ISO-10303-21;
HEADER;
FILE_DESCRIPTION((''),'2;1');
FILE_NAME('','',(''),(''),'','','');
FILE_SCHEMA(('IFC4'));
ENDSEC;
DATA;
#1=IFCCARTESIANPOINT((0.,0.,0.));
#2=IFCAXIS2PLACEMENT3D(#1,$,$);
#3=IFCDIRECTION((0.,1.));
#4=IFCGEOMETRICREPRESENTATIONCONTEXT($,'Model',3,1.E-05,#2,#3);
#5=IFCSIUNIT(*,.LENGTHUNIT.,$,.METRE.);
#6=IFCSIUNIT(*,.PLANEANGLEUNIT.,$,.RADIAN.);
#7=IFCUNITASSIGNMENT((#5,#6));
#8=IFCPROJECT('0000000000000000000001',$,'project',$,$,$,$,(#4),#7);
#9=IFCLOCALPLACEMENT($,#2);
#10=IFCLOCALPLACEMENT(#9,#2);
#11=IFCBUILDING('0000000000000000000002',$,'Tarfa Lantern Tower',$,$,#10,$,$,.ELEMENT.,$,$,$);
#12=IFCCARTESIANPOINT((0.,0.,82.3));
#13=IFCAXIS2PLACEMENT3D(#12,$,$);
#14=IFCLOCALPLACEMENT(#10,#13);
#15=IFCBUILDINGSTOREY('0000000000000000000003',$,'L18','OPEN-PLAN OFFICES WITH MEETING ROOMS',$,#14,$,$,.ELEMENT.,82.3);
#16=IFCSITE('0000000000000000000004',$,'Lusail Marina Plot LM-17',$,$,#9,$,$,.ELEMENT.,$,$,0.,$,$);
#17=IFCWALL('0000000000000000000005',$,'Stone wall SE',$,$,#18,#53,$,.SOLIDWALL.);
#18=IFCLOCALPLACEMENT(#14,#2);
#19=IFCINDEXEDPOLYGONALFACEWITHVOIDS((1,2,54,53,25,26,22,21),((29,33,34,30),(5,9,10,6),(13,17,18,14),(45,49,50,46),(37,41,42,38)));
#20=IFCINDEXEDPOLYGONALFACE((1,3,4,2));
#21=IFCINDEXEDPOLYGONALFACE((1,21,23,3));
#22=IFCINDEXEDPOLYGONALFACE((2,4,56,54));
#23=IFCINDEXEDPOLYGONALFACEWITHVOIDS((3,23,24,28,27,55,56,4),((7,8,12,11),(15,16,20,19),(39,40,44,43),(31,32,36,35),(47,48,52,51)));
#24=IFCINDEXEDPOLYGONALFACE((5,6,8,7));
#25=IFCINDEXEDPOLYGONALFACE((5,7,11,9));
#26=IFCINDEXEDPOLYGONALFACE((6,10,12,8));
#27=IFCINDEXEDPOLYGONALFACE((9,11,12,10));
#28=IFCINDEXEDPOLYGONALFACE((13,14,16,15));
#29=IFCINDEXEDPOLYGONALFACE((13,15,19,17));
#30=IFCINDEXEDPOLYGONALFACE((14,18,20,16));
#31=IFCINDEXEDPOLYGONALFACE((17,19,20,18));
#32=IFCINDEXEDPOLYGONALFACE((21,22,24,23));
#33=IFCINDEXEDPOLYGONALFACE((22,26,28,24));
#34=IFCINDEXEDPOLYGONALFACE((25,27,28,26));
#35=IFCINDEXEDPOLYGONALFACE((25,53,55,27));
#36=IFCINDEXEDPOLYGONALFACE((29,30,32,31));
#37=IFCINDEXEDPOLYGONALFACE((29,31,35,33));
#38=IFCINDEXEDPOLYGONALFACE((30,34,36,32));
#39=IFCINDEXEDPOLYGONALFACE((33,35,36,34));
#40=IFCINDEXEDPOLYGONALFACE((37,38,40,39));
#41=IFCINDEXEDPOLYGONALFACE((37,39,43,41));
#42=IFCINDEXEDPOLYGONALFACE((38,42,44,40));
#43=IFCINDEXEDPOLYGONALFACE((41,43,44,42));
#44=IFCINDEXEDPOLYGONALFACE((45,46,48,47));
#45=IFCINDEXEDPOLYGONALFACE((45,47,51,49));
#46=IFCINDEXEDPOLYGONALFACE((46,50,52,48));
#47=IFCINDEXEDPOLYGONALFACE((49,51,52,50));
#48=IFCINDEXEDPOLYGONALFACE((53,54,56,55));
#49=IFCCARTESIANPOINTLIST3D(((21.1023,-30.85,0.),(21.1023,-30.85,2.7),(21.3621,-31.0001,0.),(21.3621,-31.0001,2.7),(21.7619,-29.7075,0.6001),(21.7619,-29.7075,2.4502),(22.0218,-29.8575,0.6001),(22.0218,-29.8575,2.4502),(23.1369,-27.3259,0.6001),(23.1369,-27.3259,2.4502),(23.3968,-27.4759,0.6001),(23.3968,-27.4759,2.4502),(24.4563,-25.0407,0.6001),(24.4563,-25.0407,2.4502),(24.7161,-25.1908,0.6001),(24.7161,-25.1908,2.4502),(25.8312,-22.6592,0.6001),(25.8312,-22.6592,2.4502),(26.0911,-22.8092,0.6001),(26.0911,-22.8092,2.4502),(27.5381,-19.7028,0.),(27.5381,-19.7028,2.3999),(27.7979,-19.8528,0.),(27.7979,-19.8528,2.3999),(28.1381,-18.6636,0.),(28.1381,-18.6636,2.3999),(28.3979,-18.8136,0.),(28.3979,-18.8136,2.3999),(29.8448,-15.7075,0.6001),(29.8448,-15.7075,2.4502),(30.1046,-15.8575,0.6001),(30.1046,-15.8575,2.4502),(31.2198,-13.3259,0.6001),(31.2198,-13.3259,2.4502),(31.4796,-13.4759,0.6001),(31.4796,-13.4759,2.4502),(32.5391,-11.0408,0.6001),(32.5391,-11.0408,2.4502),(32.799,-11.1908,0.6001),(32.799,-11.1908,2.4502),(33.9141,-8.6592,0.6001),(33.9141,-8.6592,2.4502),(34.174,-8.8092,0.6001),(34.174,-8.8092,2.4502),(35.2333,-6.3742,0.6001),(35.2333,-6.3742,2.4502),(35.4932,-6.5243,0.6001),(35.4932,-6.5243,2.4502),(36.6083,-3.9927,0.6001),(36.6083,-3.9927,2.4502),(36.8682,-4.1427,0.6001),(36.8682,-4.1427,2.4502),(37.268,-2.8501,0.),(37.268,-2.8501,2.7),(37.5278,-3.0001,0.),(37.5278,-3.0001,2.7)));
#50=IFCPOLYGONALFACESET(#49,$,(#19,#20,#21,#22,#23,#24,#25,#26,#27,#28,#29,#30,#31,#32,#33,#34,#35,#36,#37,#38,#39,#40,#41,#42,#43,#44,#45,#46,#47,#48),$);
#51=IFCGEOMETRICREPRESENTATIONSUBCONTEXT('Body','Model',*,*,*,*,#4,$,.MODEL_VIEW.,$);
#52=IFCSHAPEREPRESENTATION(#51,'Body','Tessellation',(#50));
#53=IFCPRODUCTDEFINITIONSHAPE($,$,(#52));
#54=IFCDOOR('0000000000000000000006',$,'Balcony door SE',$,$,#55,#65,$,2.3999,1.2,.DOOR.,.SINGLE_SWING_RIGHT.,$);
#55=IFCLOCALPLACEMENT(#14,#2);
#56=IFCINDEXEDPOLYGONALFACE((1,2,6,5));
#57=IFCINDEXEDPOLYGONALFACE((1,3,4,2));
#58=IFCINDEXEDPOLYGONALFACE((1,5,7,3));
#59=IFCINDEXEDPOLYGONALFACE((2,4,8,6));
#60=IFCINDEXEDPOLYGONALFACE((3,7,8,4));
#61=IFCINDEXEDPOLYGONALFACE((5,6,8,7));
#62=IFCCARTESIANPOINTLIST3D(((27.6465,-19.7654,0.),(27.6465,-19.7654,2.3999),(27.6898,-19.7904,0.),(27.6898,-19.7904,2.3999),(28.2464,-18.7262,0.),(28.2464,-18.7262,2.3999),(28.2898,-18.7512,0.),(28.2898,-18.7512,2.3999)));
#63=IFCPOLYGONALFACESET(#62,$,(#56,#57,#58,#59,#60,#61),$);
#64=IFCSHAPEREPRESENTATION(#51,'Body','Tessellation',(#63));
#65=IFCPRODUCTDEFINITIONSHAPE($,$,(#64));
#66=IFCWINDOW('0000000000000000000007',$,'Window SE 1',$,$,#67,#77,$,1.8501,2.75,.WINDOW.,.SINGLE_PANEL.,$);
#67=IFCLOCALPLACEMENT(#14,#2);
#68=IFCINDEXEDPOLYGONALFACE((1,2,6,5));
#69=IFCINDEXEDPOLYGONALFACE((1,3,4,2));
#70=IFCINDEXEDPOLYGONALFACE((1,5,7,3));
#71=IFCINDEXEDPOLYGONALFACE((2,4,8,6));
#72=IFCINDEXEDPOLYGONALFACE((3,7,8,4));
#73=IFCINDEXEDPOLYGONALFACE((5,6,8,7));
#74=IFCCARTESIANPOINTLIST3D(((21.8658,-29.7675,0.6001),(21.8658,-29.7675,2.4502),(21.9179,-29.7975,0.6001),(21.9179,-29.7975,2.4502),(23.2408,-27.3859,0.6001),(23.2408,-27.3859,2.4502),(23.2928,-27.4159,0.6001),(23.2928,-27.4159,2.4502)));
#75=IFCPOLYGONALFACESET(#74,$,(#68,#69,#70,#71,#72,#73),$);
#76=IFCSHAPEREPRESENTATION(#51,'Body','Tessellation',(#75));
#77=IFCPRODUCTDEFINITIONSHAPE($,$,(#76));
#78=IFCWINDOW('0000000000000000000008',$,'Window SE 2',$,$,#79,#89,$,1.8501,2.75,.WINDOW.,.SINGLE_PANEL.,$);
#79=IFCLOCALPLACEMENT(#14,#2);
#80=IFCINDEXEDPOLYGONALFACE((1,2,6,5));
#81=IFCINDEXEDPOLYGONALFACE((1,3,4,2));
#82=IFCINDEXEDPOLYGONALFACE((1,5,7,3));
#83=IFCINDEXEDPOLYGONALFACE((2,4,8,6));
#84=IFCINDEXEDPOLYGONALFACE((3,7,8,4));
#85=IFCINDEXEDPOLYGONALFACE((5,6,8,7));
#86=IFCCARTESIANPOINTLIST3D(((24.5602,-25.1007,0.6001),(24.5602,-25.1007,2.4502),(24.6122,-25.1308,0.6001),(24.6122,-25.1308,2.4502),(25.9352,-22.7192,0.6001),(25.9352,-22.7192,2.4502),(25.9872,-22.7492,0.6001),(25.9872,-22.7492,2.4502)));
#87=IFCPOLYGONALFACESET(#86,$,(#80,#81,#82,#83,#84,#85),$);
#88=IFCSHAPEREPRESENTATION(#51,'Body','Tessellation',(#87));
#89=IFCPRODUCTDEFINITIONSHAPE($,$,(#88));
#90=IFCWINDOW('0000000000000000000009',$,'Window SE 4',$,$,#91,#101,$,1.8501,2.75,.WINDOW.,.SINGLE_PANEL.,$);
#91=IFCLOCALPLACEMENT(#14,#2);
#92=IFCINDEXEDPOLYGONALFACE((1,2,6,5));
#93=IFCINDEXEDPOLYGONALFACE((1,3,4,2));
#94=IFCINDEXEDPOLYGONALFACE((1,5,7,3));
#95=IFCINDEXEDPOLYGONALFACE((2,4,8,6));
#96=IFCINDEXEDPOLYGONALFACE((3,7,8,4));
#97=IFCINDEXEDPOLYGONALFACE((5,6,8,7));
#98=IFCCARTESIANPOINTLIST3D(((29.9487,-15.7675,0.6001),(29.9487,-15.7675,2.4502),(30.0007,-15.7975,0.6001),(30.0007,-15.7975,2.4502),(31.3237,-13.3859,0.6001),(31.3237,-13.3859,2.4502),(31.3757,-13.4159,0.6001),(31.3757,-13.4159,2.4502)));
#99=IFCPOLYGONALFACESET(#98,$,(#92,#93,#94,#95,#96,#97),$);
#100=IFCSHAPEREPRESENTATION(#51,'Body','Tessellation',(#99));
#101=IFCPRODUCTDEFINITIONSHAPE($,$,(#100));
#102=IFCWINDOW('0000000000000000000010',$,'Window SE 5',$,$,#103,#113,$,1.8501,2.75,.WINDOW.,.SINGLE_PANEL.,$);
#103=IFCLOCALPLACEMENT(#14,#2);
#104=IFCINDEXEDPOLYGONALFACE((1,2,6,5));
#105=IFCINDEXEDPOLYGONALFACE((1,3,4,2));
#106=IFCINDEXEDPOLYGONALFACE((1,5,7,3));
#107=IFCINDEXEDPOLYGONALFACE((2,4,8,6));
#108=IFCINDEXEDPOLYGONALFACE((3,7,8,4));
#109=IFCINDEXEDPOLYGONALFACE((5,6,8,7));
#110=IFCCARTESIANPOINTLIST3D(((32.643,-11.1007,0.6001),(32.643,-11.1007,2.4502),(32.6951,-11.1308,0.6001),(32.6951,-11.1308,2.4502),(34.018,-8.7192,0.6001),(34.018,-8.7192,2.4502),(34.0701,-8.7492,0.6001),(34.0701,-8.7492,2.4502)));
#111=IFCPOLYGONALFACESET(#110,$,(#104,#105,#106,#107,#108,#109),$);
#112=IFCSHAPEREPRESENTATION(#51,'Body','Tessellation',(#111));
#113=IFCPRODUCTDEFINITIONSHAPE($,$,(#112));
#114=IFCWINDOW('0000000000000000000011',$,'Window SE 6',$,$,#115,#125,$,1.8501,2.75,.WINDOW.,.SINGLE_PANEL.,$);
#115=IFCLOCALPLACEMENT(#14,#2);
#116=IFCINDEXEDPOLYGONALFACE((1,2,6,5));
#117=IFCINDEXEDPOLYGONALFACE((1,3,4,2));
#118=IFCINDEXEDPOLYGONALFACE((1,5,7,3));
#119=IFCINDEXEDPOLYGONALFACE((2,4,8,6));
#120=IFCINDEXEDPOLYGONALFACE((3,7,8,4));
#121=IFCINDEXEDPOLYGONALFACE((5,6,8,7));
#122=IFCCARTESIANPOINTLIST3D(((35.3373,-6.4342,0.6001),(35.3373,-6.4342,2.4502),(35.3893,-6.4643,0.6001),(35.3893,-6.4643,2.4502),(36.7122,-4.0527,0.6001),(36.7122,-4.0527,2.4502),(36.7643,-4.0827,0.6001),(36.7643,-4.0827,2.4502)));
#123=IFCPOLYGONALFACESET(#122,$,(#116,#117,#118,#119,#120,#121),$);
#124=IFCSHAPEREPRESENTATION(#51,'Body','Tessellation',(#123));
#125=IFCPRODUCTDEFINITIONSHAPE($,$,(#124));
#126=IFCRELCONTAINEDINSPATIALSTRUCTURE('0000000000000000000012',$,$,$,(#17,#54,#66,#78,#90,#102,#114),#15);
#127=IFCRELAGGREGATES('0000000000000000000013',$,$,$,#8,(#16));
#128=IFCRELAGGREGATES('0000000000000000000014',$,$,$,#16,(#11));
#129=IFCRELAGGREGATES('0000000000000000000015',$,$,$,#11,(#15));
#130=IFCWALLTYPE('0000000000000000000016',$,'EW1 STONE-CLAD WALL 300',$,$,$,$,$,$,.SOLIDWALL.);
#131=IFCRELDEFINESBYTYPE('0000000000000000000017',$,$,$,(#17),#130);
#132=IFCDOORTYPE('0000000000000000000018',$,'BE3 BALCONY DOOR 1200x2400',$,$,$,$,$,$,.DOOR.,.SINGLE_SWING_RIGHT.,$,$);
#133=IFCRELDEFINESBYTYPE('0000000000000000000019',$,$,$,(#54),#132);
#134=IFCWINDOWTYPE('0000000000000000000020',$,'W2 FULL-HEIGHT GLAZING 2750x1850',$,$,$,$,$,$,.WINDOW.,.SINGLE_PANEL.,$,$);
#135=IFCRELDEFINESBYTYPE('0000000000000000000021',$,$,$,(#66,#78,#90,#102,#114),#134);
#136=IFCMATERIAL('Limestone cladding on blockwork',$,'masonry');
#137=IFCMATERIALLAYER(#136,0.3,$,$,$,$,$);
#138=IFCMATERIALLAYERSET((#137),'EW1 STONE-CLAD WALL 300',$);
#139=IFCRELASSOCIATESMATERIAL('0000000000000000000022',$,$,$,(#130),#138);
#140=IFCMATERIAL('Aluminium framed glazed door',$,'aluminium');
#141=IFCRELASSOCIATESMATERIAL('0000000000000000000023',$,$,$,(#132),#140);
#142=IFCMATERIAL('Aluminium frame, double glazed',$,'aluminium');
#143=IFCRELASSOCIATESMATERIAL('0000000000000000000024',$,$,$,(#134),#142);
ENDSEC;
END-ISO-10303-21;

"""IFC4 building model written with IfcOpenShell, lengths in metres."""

from ifc_helpers import new_model, si_unit, direction, frame, frame_2d, origin, place, context, subcontext, project, spatial, rectangle, extrude, material, layer, layer_set, type_object, element, fill, save


model = new_model("IFC4")

# Units and contexts
model_context = context("Model", 3, precision=1e-05, world=origin(), true_north=direction((0.0, 1.0)))
body_context = subcontext(model_context, "Body", "Model", "MODEL_VIEW")
ifc_project = project(units=[si_unit("LENGTHUNIT", "METRE"), si_unit("PLANEANGLEUNIT", "RADIAN")], contexts=[model_context])

# Site, building, storey
site_placement = place(None, origin())
site = spatial("IfcSite", under=ifc_project, at=site_placement, Name="Lusail Marina Plot LM-17", CompositionType="ELEMENT", RefElevation=0.0)
building_placement = place(site_placement, origin())
building = spatial("IfcBuilding", under=site, at=building_placement, Name="Tarfa Lantern Tower", CompositionType="ELEMENT")
storey_placement = place(building_placement, frame((0.0, 0.0, 82.3)))
storey = spatial("IfcBuildingStorey", under=building, at=storey_placement, Name="L18", Description="OPEN-PLAN OFFICES WITH MEETING ROOMS", CompositionType="ELEMENT", Elevation=82.3)

# Wall, openings, door, windows
ifc_material_1 = material(Name="Limestone cladding on blockwork", Category="masonry")
ifc_layer = layer(ifc_material_1, 0.3)
ifc_layer_set = layer_set([ifc_layer], Name="EW1 STONE-CLAD WALL 300")
wall_type = type_object("IfcWallType", Name="EW1 STONE-CLAD WALL 300", PredefinedType="SOLIDWALL", material=ifc_layer_set)
wall_placement = place(storey_placement, frame((21.2322, -30.925, 0.0), z_axis=(0.0, 0.0, 1.0), x_axis=(0.499999, 0.866026, 0.0)))
wall = element("IfcWall", 1, at=wall_placement, inside=storey, type_object=wall_type, Name="Stone wall SE", PredefinedType="SOLIDWALL", context=body_context, shape_type="SweptSolid", body=[
    extrude(rectangle(XDim=32.3315, YDim=0.3, at=frame_2d((16.1658, 0.0))), origin(), (0.0, 0.0, 1.0), 2.7),
])
opening_1_placement = place(wall_placement, frame((1.3193, 0.0, 0.6001)))
opening_1 = element("IfcOpeningElement", 2, at=opening_1_placement, cuts=wall, PredefinedType="OPENING", context=body_context, shape_type="SweptSolid", body=[
    extrude(rectangle(XDim=2.75, YDim=1.8501, at=frame_2d((1.375, 0.925))), frame((0.0, 0.1599, 0.0), z_axis=(0.0, -1.0, 0.0), x_axis=(1.0, 0.0, 0.0)), (0.0, 0.0, 1.0), 0.3201),
])
opening_2_placement = place(wall_placement, frame((6.708, 0.0, 0.6001)))
opening_2 = element("IfcOpeningElement", 3, at=opening_2_placement, cuts=wall, PredefinedType="OPENING", context=body_context, shape_type="SweptSolid", body=[
    extrude(rectangle(XDim=2.75, YDim=1.8501, at=frame_2d((1.375, 0.925))), frame((0.0, 0.1599, 0.0), z_axis=(0.0, -1.0, 0.0), x_axis=(1.0, 0.0, 0.0)), (0.0, 0.0, 1.0), 0.3201),
])
opening_3_placement = place(wall_placement, frame((12.8716, 0.0, 0.0)))
opening_3 = element("IfcOpeningElement", 4, at=opening_3_placement, cuts=wall, PredefinedType="OPENING", context=body_context, shape_type="SweptSolid", body=[
    extrude(rectangle(XDim=1.2, YDim=2.3999, at=frame_2d((0.6001, 1.2))), frame((0.0, 0.1599, 0.0), z_axis=(0.0, -1.0, 0.0), x_axis=(1.0, 0.0, 0.0)), (0.0, 0.0, 1.0), 0.3201),
])
opening_4_placement = place(wall_placement, frame((17.4851, 0.0, 0.6001)))
opening_4 = element("IfcOpeningElement", 5, at=opening_4_placement, cuts=wall, PredefinedType="OPENING", context=body_context, shape_type="SweptSolid", body=[
    extrude(rectangle(XDim=2.75, YDim=1.8501, at=frame_2d((1.375, 0.925))), frame((0.0, 0.1599, 0.0), z_axis=(0.0, -1.0, 0.0), x_axis=(1.0, 0.0, 0.0)), (0.0, 0.0, 1.0), 0.3201),
])
opening_5_placement = place(wall_placement, frame((22.8738, 0.0, 0.6001)))
opening_5 = element("IfcOpeningElement", 6, at=opening_5_placement, cuts=wall, PredefinedType="OPENING", context=body_context, shape_type="SweptSolid", body=[
    extrude(rectangle(XDim=2.75, YDim=1.8501, at=frame_2d((1.375, 0.925))), frame((0.0, 0.1599, 0.0), z_axis=(0.0, -1.0, 0.0), x_axis=(1.0, 0.0, 0.0)), (0.0, 0.0, 1.0), 0.3201),
])
opening_6_placement = place(wall_placement, frame((28.2622, 0.0, 0.6001)))
opening_6 = element("IfcOpeningElement", 7, at=opening_6_placement, cuts=wall, PredefinedType="OPENING", context=body_context, shape_type="SweptSolid", body=[
    extrude(rectangle(XDim=2.75, YDim=1.8501, at=frame_2d((1.375, 0.925))), frame((0.0, 0.1599, 0.0), z_axis=(0.0, -1.0, 0.0), x_axis=(1.0, 0.0, 0.0)), (0.0, 0.0, 1.0), 0.3201),
])
ifc_material_2 = material(Name="Aluminium framed glazed door", Category="aluminium")
door_type = type_object("IfcDoorType", Name="BE3 BALCONY DOOR 1200x2400", OperationType="SINGLE_SWING_RIGHT", PredefinedType="DOOR", material=ifc_material_2)
door_placement = place(opening_3_placement, origin())
door = element("IfcDoor", 8, at=door_placement, inside=storey, type_object=door_type, Name="Balcony door SE", OperationType="SINGLE_SWING_RIGHT", OverallHeight=2.3999, OverallWidth=1.2, PredefinedType="DOOR", context=body_context, shape_type="SweptSolid", body=[
    extrude(rectangle(XDim=1.2, YDim=2.3999, at=frame_2d((0.6001, 1.2))), frame((0.0, 0.0249, 0.0), z_axis=(0.0, -1.0, 0.0), x_axis=(1.0, 0.0, 0.0)), (0.0, 0.0, 1.0), 0.05),
])
fill(opening_3, door)
ifc_material_3 = material(Name="Aluminium frame, double glazed", Category="aluminium")
window_type = type_object("IfcWindowType", Name="W2 FULL-HEIGHT GLAZING 2750x1850", PartitioningType="SINGLE_PANEL", PredefinedType="WINDOW", material=ifc_material_3)
window_1_placement = place(opening_1_placement, origin())
window_1 = element("IfcWindow", 9, at=window_1_placement, inside=storey, type_object=window_type, Name="Window SE 1", OverallHeight=1.8501, OverallWidth=2.75, PartitioningType="SINGLE_PANEL", PredefinedType="WINDOW", context=body_context, shape_type="SweptSolid", body=[
    extrude(rectangle(XDim=2.75, YDim=1.8501, at=frame_2d((1.375, 0.925))), frame((0.0, 0.03, 0.0), z_axis=(0.0, -1.0, 0.0), x_axis=(1.0, 0.0, 0.0)), (0.0, 0.0, 1.0), 0.0601),
])
fill(opening_1, window_1)
window_2_placement = place(opening_2_placement, origin())
window_2 = element("IfcWindow", 10, at=window_2_placement, inside=storey, type_object=window_type, Name="Window SE 2", OverallHeight=1.8501, OverallWidth=2.75, PartitioningType="SINGLE_PANEL", PredefinedType="WINDOW", context=body_context, shape_type="SweptSolid", body=[
    extrude(rectangle(XDim=2.75, YDim=1.8501, at=frame_2d((1.375, 0.925))), frame((0.0, 0.03, 0.0), z_axis=(0.0, -1.0, 0.0), x_axis=(1.0, 0.0, 0.0)), (0.0, 0.0, 1.0), 0.0601),
])
fill(opening_2, window_2)
window_3_placement = place(opening_4_placement, origin())
window_3 = element("IfcWindow", 11, at=window_3_placement, inside=storey, type_object=window_type, Name="Window SE 4", OverallHeight=1.8501, OverallWidth=2.75, PartitioningType="SINGLE_PANEL", PredefinedType="WINDOW", context=body_context, shape_type="SweptSolid", body=[
    extrude(rectangle(XDim=2.75, YDim=1.8501, at=frame_2d((1.375, 0.925))), frame((0.0, 0.03, 0.0), z_axis=(0.0, -1.0, 0.0), x_axis=(1.0, 0.0, 0.0)), (0.0, 0.0, 1.0), 0.0601),
])
fill(opening_4, window_3)
window_4_placement = place(opening_5_placement, origin())
window_4 = element("IfcWindow", 12, at=window_4_placement, inside=storey, type_object=window_type, Name="Window SE 5", OverallHeight=1.8501, OverallWidth=2.75, PartitioningType="SINGLE_PANEL", PredefinedType="WINDOW", context=body_context, shape_type="SweptSolid", body=[
    extrude(rectangle(XDim=2.75, YDim=1.8501, at=frame_2d((1.375, 0.925))), frame((0.0, 0.03, 0.0), z_axis=(0.0, -1.0, 0.0), x_axis=(1.0, 0.0, 0.0)), (0.0, 0.0, 1.0), 0.0601),
])
fill(opening_5, window_4)
window_5_placement = place(opening_6_placement, origin())
window_5 = element("IfcWindow", 13, at=window_5_placement, inside=storey, type_object=window_type, Name="Window SE 6", OverallHeight=1.8501, OverallWidth=2.75, PartitioningType="SINGLE_PANEL", PredefinedType="WINDOW", context=body_context, shape_type="SweptSolid", body=[
    extrude(rectangle(XDim=2.75, YDim=1.8501, at=frame_2d((1.375, 0.925))), frame((0.0, 0.03, 0.0), z_axis=(0.0, -1.0, 0.0), x_axis=(1.0, 0.0, 0.0)), (0.0, 0.0, 1.0), 0.0601),
])
fill(opening_6, window_5)

save(model, "model.ifc")
